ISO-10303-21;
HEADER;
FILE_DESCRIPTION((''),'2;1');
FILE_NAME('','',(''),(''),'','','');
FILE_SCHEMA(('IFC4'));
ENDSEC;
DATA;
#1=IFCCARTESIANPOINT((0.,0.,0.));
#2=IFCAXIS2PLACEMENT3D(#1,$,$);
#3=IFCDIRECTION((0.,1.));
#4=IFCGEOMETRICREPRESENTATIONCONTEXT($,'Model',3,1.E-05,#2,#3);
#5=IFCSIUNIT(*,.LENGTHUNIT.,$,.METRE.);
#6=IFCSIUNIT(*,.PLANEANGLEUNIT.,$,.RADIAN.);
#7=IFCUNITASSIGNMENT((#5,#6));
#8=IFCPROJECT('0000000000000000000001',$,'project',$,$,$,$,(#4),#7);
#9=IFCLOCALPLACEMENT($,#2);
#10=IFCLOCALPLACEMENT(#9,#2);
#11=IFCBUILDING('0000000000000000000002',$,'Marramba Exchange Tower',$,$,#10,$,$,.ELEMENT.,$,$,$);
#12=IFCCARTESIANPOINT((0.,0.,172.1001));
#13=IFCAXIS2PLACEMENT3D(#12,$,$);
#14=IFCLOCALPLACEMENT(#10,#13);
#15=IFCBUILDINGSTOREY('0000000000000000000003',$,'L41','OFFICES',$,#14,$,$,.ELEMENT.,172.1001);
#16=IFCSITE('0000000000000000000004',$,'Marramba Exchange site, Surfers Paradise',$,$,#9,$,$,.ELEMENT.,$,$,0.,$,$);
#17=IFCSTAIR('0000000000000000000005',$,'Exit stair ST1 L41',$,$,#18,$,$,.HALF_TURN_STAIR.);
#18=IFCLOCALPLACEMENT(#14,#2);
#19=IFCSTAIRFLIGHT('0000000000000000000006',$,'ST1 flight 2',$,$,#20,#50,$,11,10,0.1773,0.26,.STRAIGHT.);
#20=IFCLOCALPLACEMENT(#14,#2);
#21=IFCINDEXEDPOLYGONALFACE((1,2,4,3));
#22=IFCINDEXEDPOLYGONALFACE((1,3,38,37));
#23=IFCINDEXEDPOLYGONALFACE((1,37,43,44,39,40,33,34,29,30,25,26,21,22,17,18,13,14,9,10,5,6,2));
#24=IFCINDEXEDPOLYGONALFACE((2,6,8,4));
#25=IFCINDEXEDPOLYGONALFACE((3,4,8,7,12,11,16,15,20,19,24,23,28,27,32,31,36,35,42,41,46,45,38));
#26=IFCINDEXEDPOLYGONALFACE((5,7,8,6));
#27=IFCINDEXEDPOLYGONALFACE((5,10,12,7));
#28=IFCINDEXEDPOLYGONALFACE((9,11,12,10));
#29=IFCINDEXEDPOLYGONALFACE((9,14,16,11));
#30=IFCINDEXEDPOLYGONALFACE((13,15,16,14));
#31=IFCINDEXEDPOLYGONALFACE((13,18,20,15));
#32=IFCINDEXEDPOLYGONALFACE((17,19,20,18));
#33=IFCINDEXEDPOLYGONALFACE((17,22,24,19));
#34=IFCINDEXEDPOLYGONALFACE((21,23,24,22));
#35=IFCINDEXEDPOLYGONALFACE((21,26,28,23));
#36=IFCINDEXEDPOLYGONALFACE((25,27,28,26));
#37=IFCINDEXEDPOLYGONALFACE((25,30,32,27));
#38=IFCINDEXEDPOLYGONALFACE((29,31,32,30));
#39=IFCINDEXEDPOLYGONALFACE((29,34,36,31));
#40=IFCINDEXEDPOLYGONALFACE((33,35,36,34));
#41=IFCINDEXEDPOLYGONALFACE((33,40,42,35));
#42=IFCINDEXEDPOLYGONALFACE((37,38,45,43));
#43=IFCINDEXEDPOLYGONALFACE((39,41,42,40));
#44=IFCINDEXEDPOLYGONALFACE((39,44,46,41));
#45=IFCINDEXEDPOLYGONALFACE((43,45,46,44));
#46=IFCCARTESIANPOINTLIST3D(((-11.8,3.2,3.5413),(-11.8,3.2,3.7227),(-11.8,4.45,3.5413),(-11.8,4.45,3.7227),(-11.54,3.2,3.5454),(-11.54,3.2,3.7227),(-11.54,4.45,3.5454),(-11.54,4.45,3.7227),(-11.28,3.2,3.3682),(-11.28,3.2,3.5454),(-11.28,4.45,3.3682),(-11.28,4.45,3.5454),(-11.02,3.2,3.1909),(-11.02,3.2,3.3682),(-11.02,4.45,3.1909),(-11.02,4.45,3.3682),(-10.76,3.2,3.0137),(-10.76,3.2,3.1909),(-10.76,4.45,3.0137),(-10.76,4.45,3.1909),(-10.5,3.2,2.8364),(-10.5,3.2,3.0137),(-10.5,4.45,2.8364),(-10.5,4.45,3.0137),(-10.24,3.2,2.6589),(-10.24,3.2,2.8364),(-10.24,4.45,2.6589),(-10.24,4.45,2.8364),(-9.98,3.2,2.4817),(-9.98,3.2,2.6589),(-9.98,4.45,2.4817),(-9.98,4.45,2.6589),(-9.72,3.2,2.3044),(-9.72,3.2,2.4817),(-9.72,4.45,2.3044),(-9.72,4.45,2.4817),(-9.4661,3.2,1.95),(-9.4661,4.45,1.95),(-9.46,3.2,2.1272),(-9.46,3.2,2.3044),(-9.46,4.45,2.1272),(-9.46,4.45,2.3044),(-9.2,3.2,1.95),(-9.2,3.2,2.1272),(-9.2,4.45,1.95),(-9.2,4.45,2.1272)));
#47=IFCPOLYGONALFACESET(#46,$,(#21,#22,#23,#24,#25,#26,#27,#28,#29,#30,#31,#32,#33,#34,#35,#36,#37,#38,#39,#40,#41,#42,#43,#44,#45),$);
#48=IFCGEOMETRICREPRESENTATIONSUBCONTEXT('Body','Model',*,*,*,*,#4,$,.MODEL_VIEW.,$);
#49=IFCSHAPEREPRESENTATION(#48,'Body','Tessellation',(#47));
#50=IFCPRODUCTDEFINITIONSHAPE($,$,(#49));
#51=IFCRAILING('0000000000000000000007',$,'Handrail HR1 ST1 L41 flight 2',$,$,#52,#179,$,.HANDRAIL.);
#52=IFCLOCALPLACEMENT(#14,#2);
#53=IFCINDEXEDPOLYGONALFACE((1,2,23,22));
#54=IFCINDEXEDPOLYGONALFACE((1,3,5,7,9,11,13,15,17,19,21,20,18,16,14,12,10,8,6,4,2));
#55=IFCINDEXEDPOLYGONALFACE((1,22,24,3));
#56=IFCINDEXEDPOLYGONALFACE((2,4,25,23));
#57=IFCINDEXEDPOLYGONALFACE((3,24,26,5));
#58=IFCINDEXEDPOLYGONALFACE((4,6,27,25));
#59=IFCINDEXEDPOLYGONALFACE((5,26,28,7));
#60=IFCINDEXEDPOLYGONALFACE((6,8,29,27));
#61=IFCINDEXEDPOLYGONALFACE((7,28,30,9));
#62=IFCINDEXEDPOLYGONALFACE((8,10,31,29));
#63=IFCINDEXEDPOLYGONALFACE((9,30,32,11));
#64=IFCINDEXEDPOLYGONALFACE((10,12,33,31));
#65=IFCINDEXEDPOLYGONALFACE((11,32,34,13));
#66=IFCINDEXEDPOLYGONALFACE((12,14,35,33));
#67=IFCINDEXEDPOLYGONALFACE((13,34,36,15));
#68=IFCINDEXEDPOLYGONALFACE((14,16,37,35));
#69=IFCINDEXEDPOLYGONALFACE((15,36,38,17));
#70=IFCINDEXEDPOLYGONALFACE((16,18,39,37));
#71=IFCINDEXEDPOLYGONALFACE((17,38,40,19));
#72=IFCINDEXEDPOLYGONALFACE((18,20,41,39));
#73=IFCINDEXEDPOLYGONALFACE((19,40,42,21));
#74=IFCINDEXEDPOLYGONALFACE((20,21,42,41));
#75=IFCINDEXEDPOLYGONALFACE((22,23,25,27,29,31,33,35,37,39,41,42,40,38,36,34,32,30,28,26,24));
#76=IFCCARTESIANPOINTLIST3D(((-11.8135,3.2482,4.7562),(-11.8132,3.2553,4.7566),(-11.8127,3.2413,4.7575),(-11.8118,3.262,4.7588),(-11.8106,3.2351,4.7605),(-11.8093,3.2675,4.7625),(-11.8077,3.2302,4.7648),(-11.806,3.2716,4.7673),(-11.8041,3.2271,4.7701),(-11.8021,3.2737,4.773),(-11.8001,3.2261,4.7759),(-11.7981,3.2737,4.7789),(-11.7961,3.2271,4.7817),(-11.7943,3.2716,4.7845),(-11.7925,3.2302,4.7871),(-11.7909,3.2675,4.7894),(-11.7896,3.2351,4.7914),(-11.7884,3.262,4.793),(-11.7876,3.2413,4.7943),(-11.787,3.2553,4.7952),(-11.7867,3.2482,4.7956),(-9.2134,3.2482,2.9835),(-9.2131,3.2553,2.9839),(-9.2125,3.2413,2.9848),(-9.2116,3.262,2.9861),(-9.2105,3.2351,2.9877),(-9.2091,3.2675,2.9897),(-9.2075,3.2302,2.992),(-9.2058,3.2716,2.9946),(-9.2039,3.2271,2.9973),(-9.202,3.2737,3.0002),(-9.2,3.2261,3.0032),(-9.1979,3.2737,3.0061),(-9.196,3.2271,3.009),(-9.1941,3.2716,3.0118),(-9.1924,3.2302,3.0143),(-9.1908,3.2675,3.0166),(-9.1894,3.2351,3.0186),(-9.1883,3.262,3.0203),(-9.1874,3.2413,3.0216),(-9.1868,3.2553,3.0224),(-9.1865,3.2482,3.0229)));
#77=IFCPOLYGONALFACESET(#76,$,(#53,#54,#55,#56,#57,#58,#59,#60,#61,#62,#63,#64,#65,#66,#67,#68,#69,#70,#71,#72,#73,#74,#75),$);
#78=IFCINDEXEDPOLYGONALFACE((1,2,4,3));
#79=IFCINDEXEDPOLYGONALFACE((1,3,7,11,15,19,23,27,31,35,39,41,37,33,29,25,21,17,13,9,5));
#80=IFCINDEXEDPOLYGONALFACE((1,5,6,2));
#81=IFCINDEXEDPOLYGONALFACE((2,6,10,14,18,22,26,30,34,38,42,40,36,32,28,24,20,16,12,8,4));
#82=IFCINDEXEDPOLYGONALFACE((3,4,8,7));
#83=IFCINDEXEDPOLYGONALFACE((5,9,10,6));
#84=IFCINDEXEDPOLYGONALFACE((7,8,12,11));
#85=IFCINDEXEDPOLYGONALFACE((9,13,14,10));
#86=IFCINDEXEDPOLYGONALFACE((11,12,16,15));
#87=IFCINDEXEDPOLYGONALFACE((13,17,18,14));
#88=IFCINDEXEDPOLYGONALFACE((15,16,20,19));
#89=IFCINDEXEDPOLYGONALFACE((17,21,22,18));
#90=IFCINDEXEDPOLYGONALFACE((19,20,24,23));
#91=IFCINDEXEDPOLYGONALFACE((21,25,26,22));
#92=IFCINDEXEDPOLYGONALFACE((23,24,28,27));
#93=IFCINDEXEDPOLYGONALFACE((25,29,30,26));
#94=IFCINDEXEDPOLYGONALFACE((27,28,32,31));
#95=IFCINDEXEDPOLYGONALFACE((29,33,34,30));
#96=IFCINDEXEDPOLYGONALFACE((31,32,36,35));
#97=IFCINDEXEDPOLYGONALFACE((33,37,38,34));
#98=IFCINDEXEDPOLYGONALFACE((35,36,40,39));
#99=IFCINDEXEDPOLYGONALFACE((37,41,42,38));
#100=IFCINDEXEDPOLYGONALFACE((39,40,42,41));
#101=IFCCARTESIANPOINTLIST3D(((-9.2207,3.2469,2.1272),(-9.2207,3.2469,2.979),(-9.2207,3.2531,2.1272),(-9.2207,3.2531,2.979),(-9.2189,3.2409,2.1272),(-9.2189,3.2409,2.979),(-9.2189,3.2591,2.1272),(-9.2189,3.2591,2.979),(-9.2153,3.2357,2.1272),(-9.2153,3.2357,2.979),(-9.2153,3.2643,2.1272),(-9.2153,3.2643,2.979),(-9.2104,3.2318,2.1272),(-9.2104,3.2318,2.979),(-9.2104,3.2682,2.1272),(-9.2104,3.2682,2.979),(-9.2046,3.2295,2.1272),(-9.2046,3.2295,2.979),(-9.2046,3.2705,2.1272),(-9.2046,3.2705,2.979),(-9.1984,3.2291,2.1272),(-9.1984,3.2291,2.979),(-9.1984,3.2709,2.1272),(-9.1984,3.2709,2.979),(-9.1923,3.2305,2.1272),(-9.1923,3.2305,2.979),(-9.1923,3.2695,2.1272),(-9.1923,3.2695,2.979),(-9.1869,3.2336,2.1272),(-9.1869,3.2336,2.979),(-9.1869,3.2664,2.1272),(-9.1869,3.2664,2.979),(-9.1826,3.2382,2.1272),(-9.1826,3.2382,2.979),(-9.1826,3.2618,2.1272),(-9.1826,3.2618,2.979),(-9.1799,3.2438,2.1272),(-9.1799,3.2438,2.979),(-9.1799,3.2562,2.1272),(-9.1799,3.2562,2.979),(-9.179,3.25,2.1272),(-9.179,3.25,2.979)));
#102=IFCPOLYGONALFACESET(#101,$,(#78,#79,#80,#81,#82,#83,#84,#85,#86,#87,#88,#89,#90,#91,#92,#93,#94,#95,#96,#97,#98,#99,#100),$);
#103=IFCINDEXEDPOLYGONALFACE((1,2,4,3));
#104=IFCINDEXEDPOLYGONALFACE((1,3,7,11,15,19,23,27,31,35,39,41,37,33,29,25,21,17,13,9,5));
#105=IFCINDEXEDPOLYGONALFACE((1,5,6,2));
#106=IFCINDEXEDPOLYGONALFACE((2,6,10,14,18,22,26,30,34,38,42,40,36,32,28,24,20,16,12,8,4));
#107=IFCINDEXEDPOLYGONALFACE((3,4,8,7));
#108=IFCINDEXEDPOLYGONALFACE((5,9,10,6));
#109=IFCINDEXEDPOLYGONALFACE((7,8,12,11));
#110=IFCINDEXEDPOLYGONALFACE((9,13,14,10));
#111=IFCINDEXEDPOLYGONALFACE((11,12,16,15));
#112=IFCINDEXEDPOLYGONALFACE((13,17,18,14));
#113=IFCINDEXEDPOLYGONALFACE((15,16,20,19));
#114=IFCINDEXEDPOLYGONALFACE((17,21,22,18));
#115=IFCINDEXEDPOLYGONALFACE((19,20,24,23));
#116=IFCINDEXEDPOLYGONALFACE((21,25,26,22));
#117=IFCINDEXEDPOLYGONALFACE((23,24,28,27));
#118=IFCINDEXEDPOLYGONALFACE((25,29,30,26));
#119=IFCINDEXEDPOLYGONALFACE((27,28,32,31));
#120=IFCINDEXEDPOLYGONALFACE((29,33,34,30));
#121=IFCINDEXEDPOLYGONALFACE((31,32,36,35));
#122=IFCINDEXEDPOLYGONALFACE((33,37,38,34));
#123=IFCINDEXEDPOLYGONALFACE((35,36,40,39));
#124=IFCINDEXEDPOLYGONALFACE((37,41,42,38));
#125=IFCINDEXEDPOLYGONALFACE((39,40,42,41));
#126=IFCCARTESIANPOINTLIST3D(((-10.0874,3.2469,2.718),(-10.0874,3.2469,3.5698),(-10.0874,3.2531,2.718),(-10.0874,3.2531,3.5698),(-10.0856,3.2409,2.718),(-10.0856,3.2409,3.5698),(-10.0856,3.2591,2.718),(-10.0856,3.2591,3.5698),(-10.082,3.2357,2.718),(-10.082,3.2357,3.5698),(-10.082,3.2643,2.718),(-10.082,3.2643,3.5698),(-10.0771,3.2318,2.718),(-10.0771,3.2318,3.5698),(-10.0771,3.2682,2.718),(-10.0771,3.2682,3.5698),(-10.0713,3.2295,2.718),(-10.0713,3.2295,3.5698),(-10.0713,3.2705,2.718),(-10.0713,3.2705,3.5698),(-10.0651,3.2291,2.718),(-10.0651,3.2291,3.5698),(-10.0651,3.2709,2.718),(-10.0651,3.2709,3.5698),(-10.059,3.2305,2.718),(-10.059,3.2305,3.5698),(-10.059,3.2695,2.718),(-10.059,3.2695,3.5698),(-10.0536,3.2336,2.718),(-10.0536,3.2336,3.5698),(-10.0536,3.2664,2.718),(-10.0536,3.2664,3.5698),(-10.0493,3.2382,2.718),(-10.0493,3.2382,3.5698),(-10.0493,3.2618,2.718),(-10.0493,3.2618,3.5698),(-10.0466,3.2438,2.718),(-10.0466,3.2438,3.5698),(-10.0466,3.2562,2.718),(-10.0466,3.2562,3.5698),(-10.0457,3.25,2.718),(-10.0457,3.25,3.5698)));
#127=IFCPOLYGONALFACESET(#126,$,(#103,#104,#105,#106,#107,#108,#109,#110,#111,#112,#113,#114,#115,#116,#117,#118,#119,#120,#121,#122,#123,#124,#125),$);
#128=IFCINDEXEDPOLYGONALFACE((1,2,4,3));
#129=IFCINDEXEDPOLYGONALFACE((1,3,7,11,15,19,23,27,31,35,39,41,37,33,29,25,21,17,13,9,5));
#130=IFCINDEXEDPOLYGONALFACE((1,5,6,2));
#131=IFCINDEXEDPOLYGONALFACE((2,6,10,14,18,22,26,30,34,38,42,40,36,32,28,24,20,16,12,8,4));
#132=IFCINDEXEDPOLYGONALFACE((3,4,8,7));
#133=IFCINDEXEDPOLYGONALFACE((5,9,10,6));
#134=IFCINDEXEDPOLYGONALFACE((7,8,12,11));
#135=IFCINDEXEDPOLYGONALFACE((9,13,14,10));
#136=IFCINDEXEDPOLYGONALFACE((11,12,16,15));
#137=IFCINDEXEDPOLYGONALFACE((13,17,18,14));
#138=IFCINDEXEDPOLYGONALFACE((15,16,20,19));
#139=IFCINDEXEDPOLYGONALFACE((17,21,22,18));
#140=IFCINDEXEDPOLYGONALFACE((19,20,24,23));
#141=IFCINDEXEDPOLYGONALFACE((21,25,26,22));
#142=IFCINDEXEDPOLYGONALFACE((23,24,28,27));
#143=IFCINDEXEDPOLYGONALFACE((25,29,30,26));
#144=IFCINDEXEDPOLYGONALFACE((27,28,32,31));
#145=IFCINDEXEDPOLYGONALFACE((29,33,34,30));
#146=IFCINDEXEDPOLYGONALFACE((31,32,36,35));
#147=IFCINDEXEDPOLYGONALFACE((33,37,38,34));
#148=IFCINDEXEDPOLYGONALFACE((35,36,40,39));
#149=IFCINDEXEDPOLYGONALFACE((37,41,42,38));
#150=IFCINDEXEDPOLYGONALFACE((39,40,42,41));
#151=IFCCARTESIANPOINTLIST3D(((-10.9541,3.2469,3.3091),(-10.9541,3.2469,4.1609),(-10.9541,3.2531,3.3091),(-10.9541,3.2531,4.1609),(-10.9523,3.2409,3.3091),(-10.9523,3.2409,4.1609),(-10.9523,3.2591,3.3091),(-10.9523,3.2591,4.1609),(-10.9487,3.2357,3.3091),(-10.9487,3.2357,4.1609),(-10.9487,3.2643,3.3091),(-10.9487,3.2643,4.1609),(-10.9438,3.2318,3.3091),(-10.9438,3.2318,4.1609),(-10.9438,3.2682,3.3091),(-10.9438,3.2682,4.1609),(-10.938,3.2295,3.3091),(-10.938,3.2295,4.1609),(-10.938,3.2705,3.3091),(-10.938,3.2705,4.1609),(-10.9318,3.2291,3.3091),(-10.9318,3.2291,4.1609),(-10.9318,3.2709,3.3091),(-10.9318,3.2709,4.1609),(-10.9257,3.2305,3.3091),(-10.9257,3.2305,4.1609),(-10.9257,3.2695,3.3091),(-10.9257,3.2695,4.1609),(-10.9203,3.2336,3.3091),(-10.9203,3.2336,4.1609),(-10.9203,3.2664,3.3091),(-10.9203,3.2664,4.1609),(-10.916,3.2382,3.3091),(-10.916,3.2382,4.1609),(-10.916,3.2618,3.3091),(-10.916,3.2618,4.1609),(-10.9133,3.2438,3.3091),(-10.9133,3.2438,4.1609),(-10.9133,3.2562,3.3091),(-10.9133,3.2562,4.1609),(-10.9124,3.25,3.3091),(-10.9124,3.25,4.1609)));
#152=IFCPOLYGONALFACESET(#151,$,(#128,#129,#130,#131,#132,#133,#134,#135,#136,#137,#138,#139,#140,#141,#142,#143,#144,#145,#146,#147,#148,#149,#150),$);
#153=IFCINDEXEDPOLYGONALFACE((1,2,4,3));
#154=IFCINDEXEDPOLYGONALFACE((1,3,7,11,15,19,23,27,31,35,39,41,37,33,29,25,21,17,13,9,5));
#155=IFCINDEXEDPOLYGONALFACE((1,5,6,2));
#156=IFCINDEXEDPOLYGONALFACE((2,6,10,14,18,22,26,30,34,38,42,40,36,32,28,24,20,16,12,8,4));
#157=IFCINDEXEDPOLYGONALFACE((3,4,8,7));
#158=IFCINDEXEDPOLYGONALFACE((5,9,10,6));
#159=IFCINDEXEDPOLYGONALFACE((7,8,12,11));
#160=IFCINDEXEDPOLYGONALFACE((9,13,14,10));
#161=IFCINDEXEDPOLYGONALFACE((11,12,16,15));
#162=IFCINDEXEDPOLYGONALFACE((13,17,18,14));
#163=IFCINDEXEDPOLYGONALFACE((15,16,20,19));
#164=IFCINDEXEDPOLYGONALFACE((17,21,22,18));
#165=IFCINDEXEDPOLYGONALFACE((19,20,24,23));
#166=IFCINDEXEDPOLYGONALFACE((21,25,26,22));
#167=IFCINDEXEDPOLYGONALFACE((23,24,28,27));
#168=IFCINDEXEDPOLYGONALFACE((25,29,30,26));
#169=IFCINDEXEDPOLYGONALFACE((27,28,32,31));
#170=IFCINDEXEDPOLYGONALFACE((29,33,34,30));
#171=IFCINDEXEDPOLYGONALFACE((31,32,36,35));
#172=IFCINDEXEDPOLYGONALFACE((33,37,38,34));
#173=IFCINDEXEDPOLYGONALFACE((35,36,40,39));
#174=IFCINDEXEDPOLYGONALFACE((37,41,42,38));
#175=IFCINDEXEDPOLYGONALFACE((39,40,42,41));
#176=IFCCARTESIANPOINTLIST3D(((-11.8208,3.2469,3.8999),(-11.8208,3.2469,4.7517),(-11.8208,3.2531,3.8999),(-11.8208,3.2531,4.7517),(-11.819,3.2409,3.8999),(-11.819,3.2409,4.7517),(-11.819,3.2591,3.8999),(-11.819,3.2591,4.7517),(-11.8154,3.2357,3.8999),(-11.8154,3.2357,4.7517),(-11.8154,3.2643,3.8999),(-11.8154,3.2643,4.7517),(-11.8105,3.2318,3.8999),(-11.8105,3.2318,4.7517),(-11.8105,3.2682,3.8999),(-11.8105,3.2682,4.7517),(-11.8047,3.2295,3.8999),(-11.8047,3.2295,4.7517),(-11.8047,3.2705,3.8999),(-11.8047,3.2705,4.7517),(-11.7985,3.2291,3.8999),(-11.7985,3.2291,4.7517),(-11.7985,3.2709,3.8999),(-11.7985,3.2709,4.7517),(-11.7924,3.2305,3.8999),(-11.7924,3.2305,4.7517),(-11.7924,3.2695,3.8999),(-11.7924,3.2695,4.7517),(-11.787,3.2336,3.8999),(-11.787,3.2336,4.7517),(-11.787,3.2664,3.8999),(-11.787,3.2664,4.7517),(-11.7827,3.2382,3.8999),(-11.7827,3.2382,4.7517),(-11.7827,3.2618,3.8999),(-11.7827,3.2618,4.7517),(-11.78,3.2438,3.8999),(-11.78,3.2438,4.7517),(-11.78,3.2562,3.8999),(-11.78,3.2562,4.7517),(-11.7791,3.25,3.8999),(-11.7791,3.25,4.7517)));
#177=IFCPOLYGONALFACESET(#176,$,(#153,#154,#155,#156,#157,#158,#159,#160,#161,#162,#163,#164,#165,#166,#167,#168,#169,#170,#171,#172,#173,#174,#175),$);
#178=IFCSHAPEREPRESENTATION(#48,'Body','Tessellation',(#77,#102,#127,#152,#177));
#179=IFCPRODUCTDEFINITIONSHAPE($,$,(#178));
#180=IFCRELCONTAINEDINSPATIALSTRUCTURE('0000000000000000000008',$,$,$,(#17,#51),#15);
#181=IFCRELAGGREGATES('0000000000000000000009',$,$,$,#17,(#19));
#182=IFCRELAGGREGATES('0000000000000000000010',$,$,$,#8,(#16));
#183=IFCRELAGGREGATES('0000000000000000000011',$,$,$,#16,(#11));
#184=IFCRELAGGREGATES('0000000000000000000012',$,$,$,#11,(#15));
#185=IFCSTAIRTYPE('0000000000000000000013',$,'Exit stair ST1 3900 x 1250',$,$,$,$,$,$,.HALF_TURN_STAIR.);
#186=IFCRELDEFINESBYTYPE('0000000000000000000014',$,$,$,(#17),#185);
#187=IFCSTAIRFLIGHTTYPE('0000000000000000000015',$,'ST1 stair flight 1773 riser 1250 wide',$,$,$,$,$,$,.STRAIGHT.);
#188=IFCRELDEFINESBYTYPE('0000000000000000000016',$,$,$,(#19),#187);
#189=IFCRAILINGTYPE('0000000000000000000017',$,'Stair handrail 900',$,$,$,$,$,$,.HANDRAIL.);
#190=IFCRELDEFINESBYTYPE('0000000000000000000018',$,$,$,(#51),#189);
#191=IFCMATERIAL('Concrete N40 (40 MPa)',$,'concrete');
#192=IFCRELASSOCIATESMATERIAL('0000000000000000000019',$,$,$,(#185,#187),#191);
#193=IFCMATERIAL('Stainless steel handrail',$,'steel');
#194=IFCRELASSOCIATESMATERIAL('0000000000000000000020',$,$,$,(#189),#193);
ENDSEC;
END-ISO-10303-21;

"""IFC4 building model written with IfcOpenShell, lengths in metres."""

from ifc_helpers import new_model, si_unit, direction, frame, origin, origin_2d, place, context, subcontext, project, spatial, polyline, circle, outline, extrude, material, type_object, element, aggregate, save


model = new_model("IFC4")

# Units and contexts
model_context = context("Model", 3, precision=1e-05, world=origin(), true_north=direction((0.0, 1.0)))
body_context = subcontext(model_context, "Body", "Model", "MODEL_VIEW")
ifc_project = project(units=[si_unit("LENGTHUNIT", "METRE"), si_unit("PLANEANGLEUNIT", "RADIAN")], contexts=[model_context])

# Site, building, storey
site_placement = place(None, origin())
site = spatial("IfcSite", under=ifc_project, at=site_placement, Name="Marramba Exchange site, Surfers Paradise", CompositionType="ELEMENT", RefElevation=0.0)
building_placement = place(site_placement, origin())
building = spatial("IfcBuilding", under=site, at=building_placement, Name="Marramba Exchange Tower", CompositionType="ELEMENT")
storey_placement = place(building_placement, frame((0.0, 0.0, 172.1001)))
storey = spatial("IfcBuildingStorey", under=building, at=storey_placement, Name="L41", Description="OFFICES", CompositionType="ELEMENT", Elevation=172.1001)

# Stair, stair flight
ifc_material_1 = material(Name="Concrete N40 (40 MPa)", Category="concrete")
stair_type = type_object("IfcStairType", Name="Exit stair ST1 3900 x 1250", PredefinedType="HALF_TURN_STAIR", material=ifc_material_1)
stair_placement = place(storey_placement, origin())
stair = element("IfcStair", 1, at=stair_placement, inside=storey, type_object=stair_type, Name="Exit stair ST1 L41", PredefinedType="HALF_TURN_STAIR")
stair_flight_type = type_object("IfcStairFlightType", Name="ST1 stair flight 1773 riser 1250 wide", PredefinedType="STRAIGHT", material=ifc_material_1)
stair_flight_placement = place(storey_placement, frame((-9.2, 3.825, 1.95), z_axis=(0.0, 0.0, 1.0), x_axis=(-1.0, 0.0, 0.0)))
stair_flight = element("IfcStairFlight", 2, at=stair_flight_placement, type_object=stair_flight_type, Name="ST1 flight 2", NumberOfRisers=11, NumberOfTreads=10, PredefinedType="STRAIGHT", RiserHeight=0.1773, TreadLength=0.26, context=body_context, shape_type="SweptSolid", body=[
    extrude(outline(polyline([(0.0, 0.0), (0.0, 0.1772), (0.26, 0.1772), (0.26, 0.3545), (0.52, 0.3545), (0.52, 0.5317), (0.78, 0.5317), (0.78, 0.709), (1.04, 0.709), (1.04, 0.8865), (1.3, 0.8865), (1.3, 1.0637), (1.5601, 1.0637), (1.5601, 1.241), (1.8201, 1.241), (1.8201, 1.4182), (2.0801, 1.4182), (2.0801, 1.5955), (2.3401, 1.5955), (2.3401, 1.7727), (2.6001, 1.7727), (2.6001, 1.95), (2.6001, 1.5913), (0.2661, 0.0), (0.0, 0.0)])), frame((0.0, 0.625, 0.0), z_axis=(0.0, -1.0, 0.0), x_axis=(1.0, 0.0, 0.0)), (0.0, 0.0, 1.0), 1.25),
])
aggregate(stair, [stair_flight])

# Railing
ifc_material_2 = material(Name="Stainless steel handrail", Category="steel")
railing_type = type_object("IfcRailingType", Name="Stair handrail 900", PredefinedType="HANDRAIL", material=ifc_material_2)
railing_placement = place(storey_placement, frame((-9.2, 3.25, 2.1272)))
element("IfcRailing", 3, at=railing_placement, inside=storey, type_object=railing_type, Name="Handrail HR1 ST1 L41 flight 2", PredefinedType="HANDRAIL", context=body_context, shape_type="SweptSolid", body=[
    extrude(circle(Radius=0.0239, at=origin_2d()), frame((0.0, 0.0, 0.876), z_axis=(-0.82624, 0.0, 0.563318), x_axis=(0.0, -1.0, 0.0)), (0.0, 0.0, 1.0), 3.147),
    extrude(circle(Radius=0.021, at=origin_2d()), origin(), (0.0, 0.0, 1.0), 0.8518),
    extrude(circle(Radius=0.021, at=origin_2d()), frame((-0.8667, 0.0, 0.5908)), (0.0, 0.0, 1.0), 0.8518),
    extrude(circle(Radius=0.021, at=origin_2d()), frame((-1.7334, 0.0, 1.1819)), (0.0, 0.0, 1.0), 0.8518),
    extrude(circle(Radius=0.021, at=origin_2d()), frame((-2.6001, 0.0, 1.7727)), (0.0, 0.0, 1.0), 0.8518),
])

save(model, "model.ifc")
